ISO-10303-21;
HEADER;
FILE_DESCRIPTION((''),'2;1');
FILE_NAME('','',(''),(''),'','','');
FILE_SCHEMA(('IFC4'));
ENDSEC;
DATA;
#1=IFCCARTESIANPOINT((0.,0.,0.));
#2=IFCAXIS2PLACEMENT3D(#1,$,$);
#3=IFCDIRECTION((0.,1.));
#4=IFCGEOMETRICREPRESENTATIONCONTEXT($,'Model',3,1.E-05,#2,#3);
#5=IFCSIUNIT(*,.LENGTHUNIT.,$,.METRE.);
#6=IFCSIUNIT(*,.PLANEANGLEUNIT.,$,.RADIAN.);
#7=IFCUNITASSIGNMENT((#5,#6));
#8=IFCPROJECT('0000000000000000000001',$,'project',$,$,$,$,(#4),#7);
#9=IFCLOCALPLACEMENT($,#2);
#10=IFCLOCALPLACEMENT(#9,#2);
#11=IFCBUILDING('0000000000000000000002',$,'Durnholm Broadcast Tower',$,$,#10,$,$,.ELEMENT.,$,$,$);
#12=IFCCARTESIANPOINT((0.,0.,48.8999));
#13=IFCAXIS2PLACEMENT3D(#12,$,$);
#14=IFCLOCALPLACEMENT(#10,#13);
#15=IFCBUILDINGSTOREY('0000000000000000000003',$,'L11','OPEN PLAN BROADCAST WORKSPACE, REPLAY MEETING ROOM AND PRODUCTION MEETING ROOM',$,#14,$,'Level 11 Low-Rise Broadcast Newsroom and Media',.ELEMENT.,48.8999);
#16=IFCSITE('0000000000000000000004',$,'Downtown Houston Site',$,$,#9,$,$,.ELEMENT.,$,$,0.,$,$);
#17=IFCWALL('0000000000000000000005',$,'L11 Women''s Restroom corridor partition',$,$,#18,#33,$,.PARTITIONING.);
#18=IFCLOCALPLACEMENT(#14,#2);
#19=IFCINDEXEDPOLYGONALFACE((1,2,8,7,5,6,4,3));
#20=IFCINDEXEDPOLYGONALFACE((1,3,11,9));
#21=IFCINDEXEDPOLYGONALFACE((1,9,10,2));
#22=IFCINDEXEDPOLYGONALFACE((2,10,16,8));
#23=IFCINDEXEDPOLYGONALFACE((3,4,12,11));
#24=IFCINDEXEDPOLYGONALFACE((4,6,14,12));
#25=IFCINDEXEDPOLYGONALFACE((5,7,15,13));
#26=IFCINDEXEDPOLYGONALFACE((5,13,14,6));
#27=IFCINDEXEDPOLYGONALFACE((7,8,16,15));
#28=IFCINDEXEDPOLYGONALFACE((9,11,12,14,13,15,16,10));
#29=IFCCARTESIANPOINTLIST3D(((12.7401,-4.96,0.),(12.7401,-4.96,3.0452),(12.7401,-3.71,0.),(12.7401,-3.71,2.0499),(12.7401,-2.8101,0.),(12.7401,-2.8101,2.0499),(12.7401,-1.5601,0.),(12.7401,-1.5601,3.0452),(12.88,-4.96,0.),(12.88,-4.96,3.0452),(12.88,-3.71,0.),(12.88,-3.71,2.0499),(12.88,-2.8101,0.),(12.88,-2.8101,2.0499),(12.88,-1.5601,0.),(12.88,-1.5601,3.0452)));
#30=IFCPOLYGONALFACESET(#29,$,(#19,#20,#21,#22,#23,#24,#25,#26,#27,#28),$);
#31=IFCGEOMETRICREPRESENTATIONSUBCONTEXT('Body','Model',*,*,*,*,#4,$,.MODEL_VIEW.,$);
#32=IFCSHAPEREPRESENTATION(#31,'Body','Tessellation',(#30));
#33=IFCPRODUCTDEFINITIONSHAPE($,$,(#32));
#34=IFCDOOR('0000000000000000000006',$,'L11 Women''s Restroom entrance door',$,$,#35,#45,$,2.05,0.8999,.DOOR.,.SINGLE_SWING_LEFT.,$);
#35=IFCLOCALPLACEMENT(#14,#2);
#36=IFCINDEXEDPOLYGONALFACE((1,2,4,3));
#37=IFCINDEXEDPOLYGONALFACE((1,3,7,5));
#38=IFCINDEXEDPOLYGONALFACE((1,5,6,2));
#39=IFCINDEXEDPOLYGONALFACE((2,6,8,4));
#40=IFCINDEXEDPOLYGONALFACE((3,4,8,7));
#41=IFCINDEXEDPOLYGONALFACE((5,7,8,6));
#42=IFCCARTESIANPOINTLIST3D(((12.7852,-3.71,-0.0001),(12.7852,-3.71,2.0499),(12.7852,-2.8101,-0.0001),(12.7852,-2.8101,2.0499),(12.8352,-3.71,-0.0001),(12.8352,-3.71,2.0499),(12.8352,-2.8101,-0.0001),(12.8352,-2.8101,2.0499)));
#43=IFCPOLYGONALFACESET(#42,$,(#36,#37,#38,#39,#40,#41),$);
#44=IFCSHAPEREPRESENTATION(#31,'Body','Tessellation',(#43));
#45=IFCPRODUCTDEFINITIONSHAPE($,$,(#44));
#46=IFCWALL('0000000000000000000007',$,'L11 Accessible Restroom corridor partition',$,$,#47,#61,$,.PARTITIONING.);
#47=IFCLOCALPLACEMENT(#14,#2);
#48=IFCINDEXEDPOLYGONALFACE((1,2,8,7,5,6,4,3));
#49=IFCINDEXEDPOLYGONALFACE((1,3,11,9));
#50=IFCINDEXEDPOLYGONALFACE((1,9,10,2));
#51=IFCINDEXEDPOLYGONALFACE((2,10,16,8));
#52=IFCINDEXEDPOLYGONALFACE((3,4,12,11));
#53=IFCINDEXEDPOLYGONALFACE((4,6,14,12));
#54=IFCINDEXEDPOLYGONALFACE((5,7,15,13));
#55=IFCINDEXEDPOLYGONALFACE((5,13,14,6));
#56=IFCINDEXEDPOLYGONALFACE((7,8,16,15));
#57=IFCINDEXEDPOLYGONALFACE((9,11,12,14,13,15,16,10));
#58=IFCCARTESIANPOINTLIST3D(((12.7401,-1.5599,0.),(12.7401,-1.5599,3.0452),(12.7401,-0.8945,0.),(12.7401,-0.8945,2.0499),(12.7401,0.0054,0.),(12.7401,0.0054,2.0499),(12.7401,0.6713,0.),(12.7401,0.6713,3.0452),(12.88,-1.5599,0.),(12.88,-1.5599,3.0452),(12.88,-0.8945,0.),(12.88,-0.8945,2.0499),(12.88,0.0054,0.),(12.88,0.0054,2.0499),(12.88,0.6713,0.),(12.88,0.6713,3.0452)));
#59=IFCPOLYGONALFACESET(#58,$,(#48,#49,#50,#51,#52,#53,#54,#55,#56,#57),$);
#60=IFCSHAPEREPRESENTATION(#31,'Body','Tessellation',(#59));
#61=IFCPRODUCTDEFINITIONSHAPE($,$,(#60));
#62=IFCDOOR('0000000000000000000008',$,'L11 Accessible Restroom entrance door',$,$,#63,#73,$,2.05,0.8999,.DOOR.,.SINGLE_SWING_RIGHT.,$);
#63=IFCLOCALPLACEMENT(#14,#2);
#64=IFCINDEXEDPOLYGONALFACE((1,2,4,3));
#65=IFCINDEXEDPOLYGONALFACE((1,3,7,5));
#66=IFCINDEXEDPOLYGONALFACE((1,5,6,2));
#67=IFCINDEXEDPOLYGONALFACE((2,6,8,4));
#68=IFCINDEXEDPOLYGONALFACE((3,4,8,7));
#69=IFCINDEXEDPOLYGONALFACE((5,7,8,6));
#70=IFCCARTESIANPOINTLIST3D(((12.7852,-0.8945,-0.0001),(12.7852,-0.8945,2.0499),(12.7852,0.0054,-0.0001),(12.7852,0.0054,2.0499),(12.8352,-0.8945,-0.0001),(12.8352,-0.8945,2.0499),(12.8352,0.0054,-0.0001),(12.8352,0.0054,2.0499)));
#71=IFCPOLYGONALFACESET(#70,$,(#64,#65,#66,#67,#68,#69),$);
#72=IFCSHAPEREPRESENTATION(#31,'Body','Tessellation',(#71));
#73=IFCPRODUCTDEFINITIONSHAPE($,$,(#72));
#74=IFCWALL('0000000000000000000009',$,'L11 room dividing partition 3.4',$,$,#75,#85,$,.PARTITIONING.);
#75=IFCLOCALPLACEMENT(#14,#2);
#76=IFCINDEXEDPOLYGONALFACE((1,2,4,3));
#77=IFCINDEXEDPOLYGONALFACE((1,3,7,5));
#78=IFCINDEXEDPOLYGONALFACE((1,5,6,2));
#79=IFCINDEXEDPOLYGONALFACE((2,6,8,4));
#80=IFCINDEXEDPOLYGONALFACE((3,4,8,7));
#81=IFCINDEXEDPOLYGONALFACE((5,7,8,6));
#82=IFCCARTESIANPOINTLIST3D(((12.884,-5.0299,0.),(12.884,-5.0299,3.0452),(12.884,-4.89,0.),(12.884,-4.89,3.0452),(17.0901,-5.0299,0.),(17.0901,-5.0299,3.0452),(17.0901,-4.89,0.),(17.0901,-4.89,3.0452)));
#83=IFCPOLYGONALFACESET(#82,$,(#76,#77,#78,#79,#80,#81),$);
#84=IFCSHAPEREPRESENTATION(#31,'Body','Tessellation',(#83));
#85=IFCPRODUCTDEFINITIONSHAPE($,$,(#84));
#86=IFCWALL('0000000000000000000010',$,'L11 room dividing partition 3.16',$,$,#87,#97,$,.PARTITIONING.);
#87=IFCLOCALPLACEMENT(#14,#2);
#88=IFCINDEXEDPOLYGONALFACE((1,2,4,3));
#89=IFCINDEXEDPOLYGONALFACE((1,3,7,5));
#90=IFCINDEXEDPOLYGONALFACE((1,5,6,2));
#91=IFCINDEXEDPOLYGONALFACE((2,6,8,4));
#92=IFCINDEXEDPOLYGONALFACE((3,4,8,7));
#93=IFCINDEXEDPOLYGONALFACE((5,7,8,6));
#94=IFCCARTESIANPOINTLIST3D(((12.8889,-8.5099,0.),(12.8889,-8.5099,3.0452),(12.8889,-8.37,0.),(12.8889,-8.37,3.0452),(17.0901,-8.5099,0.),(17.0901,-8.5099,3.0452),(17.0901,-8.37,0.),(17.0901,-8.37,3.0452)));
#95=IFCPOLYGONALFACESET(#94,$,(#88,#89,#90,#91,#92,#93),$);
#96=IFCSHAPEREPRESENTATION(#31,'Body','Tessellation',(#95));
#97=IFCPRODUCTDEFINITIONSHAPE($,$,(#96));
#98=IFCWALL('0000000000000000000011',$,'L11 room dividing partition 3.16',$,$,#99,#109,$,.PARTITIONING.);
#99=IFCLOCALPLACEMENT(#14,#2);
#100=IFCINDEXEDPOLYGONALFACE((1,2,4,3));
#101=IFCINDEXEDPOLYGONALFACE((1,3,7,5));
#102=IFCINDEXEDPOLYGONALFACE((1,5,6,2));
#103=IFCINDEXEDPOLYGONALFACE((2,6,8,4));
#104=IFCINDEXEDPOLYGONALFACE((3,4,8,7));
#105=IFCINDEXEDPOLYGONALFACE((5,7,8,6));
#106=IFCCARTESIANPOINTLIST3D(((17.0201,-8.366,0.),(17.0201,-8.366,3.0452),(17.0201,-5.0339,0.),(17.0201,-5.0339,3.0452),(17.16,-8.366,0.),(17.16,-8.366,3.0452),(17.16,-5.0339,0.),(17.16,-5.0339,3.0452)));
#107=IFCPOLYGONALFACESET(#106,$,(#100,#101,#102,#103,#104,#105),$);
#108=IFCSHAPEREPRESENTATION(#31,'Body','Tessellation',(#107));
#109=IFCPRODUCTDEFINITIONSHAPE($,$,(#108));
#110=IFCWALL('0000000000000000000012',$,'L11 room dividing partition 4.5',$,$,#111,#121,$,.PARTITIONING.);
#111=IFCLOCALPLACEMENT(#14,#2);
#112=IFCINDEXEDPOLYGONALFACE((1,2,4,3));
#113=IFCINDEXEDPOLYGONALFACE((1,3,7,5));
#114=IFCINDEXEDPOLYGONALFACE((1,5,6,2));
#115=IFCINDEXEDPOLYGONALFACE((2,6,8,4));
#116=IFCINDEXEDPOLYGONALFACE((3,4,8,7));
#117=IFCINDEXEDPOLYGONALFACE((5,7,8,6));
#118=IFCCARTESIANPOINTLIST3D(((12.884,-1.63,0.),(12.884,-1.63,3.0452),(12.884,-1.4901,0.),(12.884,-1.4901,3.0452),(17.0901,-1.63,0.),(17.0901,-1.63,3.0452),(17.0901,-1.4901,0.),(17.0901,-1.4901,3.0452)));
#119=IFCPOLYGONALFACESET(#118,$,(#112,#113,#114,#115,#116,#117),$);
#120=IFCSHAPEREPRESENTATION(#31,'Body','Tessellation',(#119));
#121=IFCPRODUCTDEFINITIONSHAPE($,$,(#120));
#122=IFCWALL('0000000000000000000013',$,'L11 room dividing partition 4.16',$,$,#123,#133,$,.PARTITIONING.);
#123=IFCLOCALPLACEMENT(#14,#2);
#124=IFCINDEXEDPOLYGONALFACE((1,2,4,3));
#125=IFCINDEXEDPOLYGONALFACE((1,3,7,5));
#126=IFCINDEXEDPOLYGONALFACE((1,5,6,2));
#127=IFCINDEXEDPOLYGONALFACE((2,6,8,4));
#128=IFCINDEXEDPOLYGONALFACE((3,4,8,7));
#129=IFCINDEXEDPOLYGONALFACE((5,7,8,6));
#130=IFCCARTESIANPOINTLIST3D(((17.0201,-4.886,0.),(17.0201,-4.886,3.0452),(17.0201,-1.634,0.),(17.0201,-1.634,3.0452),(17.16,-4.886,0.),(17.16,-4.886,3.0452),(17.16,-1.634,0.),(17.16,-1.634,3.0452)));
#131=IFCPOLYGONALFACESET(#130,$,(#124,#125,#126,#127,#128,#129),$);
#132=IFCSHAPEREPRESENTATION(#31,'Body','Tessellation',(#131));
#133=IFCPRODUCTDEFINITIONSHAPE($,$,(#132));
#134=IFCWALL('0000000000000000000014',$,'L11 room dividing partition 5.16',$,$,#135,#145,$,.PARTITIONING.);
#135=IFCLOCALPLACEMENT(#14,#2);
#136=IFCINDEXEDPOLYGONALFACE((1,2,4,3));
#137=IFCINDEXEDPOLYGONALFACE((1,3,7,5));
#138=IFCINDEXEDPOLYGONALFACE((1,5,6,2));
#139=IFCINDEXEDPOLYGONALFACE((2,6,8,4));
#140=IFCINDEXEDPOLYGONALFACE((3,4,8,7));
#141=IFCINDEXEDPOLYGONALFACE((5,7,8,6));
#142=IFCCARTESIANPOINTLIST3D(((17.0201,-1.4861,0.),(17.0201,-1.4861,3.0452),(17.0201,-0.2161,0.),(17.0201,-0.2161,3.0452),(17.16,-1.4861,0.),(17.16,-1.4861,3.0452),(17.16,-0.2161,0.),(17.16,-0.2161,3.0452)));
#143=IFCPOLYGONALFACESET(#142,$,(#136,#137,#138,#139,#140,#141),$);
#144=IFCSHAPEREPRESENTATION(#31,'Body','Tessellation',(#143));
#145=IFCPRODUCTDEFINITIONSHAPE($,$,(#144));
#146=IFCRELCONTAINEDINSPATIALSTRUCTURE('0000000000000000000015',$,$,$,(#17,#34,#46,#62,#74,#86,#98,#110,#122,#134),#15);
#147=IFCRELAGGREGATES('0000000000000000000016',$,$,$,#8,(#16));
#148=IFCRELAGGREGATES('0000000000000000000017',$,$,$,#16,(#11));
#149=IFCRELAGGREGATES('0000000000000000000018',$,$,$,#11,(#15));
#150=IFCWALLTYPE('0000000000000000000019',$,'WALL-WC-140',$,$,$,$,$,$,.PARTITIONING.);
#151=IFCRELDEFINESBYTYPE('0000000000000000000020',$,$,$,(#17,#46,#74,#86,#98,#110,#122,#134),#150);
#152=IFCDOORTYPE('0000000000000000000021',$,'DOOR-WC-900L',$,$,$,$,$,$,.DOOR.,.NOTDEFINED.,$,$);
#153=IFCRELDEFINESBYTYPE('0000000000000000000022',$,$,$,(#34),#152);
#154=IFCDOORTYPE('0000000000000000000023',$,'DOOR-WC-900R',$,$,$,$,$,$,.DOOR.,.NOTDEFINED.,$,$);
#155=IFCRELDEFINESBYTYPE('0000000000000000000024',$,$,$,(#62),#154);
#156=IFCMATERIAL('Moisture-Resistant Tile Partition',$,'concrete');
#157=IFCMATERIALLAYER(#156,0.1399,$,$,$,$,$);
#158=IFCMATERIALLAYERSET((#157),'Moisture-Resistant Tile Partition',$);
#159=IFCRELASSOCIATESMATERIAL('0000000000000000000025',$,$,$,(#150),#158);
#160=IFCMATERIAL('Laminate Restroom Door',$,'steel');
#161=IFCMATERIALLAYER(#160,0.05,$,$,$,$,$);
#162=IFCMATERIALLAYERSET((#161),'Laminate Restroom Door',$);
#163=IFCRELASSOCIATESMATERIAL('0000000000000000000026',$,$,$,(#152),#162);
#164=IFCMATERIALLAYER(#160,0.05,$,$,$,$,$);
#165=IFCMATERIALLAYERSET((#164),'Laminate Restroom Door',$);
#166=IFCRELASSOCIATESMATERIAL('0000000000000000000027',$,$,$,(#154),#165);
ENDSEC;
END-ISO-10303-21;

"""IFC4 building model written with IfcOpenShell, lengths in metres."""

from ifc_helpers import new_model, si_unit, direction, frame, frame_2d, origin, place, context, subcontext, project, spatial, rectangle, extrude, source, transform, mapped, material, layer, layer_set, type_object, type_shapes, element, fill, save


model = new_model("IFC4")

# Units and contexts
model_context = context("Model", 3, precision=1e-05, world=origin(), true_north=direction((0.0, 1.0)))
body_context = subcontext(model_context, "Body", "Model", "MODEL_VIEW")
ifc_project = project(units=[si_unit("LENGTHUNIT", "METRE"), si_unit("PLANEANGLEUNIT", "RADIAN")], contexts=[model_context])

# Site, building, storey
site_placement = place(None, origin())
site = spatial("IfcSite", under=ifc_project, at=site_placement, Name="Downtown Houston Site", CompositionType="ELEMENT", RefElevation=0.0)
building_placement = place(site_placement, origin())
building = spatial("IfcBuilding", under=site, at=building_placement, Name="Durnholm Broadcast Tower", CompositionType="ELEMENT")
storey_placement = place(building_placement, frame((0.0, 0.0, 48.8999)))
storey = spatial("IfcBuildingStorey", under=building, at=storey_placement, Name="L11", Description="OPEN PLAN BROADCAST WORKSPACE, REPLAY MEETING ROOM AND PRODUCTION MEETING ROOM", LongName="Level 11 Low-Rise Broadcast Newsroom and Media", CompositionType="ELEMENT", Elevation=48.8999)

# Walls, openings, doors
ifc_material_1 = material(Name="Moisture-Resistant Tile Partition", Category="concrete")
ifc_layer_1 = layer(ifc_material_1, 0.1399)
ifc_layer_set_1 = layer_set([ifc_layer_1], Name="Moisture-Resistant Tile Partition")
wall_type = type_object("IfcWallType", Name="WALL-WC-140", PredefinedType="PARTITIONING", material=ifc_layer_set_1)
wall_1_placement = place(storey_placement, frame((12.8101, -4.96, 0.0), z_axis=(0.0, 0.0, 1.0), x_axis=(0.0, 1.0, 0.0)))
wall_1 = element("IfcWall", 1, at=wall_1_placement, inside=storey, type_object=wall_type, Name="L11 Women's Restroom corridor partition", PredefinedType="PARTITIONING", context=body_context, shape_type="SweptSolid", body=[
    extrude(rectangle(XDim=3.3999, YDim=0.1399, at=frame_2d((1.7, 0.0))), origin(), (0.0, 0.0, 1.0), 3.0452),
])
opening_1_placement = place(wall_1_placement, frame((1.25, 0.0, 0.0)))
opening_1 = element("IfcOpeningElement", 2, at=opening_1_placement, cuts=wall_1, PredefinedType="OPENING", context=body_context, shape_type="SweptSolid", body=[
    extrude(rectangle(XDim=0.8999, YDim=2.05, at=frame_2d((0.45, 1.0249))), frame((0.0, 0.0801, 0.0), z_axis=(0.0, -1.0, 0.0), x_axis=(1.0, 0.0, 0.0)), (0.0, 0.0, 1.0), 0.1599),
])
ifc_material_2 = material(Name="Laminate Restroom Door", Category="steel")
ifc_layer_2 = layer(ifc_material_2, 0.05)
ifc_layer_set_2 = layer_set([ifc_layer_2], Name="Laminate Restroom Door")
door_type_1 = type_object("IfcDoorType", Name="DOOR-WC-900L", OperationType="NOTDEFINED", PredefinedType="DOOR", material=ifc_layer_set_2)
shared_shape_1 = source(origin(), body_context, "Body", "SweptSolid", [
    extrude(rectangle(XDim=0.8999, YDim=2.05, at=frame_2d((0.45, 1.0249))), frame((0.0, 0.0249, 0.0), z_axis=(0.0, -1.0, 0.0), x_axis=(1.0, 0.0, 0.0)), (0.0, 0.0, 1.0), 0.05),
])
type_shapes(door_type_1, [shared_shape_1])
door_1_placement = place(opening_1_placement, origin())
door_1 = element("IfcDoor", 3, at=door_1_placement, inside=storey, type_object=door_type_1, Name="L11 Women's Restroom entrance door", OperationType="SINGLE_SWING_LEFT", OverallHeight=2.05, OverallWidth=0.8999, PredefinedType="DOOR", context=body_context, shape_type="MappedRepresentation", body=[
    mapped(shared_shape_1, transform((0.0, 0.0, 0.0), x_axis=(1.0, 0.0, 0.0), y_axis=(0.0, 1.0, 0.0), z_axis=(0.0, 0.0, 1.0), scale=1.0)),
])
fill(opening_1, door_1)
wall_2_placement = place(storey_placement, frame((12.8101, -1.5601, 0.0), z_axis=(0.0, 0.0, 1.0), x_axis=(0.0, 1.0, 0.0)))
wall_2 = element("IfcWall", 4, at=wall_2_placement, inside=storey, type_object=wall_type, Name="L11 Accessible Restroom corridor partition", PredefinedType="PARTITIONING", context=body_context, shape_type="SweptSolid", body=[
    extrude(rectangle(XDim=2.2312, YDim=0.1399, at=frame_2d((1.1157, 0.0))), origin(), (0.0, 0.0, 1.0), 3.0452),
])
opening_2_placement = place(wall_2_placement, frame((0.6655, 0.0, 0.0)))
opening_2 = element("IfcOpeningElement", 5, at=opening_2_placement, cuts=wall_2, PredefinedType="OPENING", context=body_context, shape_type="SweptSolid", body=[
    extrude(rectangle(XDim=0.8999, YDim=2.05, at=frame_2d((0.45, 1.0249))), frame((0.0, 0.0801, 0.0), z_axis=(0.0, -1.0, 0.0), x_axis=(1.0, 0.0, 0.0)), (0.0, 0.0, 1.0), 0.1599),
])
ifc_layer_3 = layer(ifc_material_2, 0.05)
ifc_layer_set_3 = layer_set([ifc_layer_3], Name="Laminate Restroom Door")
door_type_2 = type_object("IfcDoorType", Name="DOOR-WC-900R", OperationType="NOTDEFINED", PredefinedType="DOOR", material=ifc_layer_set_3)
shared_shape_2 = source(origin(), body_context, "Body", "SweptSolid", [
    extrude(rectangle(XDim=0.8999, YDim=2.05, at=frame_2d((0.45, 1.0249))), frame((0.0, 0.0249, 0.0), z_axis=(0.0, -1.0, 0.0), x_axis=(1.0, 0.0, 0.0)), (0.0, 0.0, 1.0), 0.05),
])
type_shapes(door_type_2, [shared_shape_2])
door_2_placement = place(opening_2_placement, origin())
door_2 = element("IfcDoor", 6, at=door_2_placement, inside=storey, type_object=door_type_2, Name="L11 Accessible Restroom entrance door", OperationType="SINGLE_SWING_RIGHT", OverallHeight=2.05, OverallWidth=0.8999, PredefinedType="DOOR", context=body_context, shape_type="MappedRepresentation", body=[
    mapped(shared_shape_2, transform((0.0, 0.0, 0.0), x_axis=(1.0, 0.0, 0.0), y_axis=(0.0, 1.0, 0.0), z_axis=(0.0, 0.0, 1.0), scale=1.0)),
])
fill(opening_2, door_2)

# Walls
wall_3_placement = place(storey_placement, frame((12.884, -4.96, 0.0), z_axis=(0.0, 0.0, 1.0), x_axis=(1.0, 0.0, 0.0)))
element("IfcWall", 7, at=wall_3_placement, inside=storey, type_object=wall_type, Name="L11 room dividing partition 3.4", PredefinedType="PARTITIONING", context=body_context, shape_type="SweptSolid", body=[
    extrude(rectangle(XDim=4.2061, YDim=0.1399, at=frame_2d((2.103, 0.0))), origin(), (0.0, 0.0, 1.0), 3.0452),
])
wall_4_placement = place(storey_placement, frame((17.0901, -8.4399, 0.0), z_axis=(0.0, 0.0, 1.0), x_axis=(-1.0, 0.0, 0.0)))
element("IfcWall", 8, at=wall_4_placement, inside=storey, type_object=wall_type, Name="L11 room dividing partition 3.16", PredefinedType="PARTITIONING", context=body_context, shape_type="SweptSolid", body=[
    extrude(rectangle(XDim=4.2012, YDim=0.1399, at=frame_2d((2.1006, 0.0))), origin(), (0.0, 0.0, 1.0), 3.0452),
])
wall_5_placement = place(storey_placement, frame((17.0901, -5.0339, 0.0), z_axis=(0.0, 0.0, 1.0), x_axis=(0.0, -1.0, 0.0)))
element("IfcWall", 9, at=wall_5_placement, inside=storey, type_object=wall_type, Name="L11 room dividing partition 3.16", PredefinedType="PARTITIONING", context=body_context, shape_type="SweptSolid", body=[
    extrude(rectangle(XDim=3.332, YDim=0.1399, at=frame_2d((1.666, 0.0))), origin(), (0.0, 0.0, 1.0), 3.0452),
])
wall_6_placement = place(storey_placement, frame((12.884, -1.5601, 0.0), z_axis=(0.0, 0.0, 1.0), x_axis=(1.0, 0.0, 0.0)))
element("IfcWall", 10, at=wall_6_placement, inside=storey, type_object=wall_type, Name="L11 room dividing partition 4.5", PredefinedType="PARTITIONING", context=body_context, shape_type="SweptSolid", body=[
    extrude(rectangle(XDim=4.2061, YDim=0.1399, at=frame_2d((2.103, 0.0))), origin(), (0.0, 0.0, 1.0), 3.0452),
])
wall_7_placement = place(storey_placement, frame((17.0901, -1.634, 0.0), z_axis=(0.0, 0.0, 1.0), x_axis=(0.0, -1.0, 0.0)))
element("IfcWall", 11, at=wall_7_placement, inside=storey, type_object=wall_type, Name="L11 room dividing partition 4.16", PredefinedType="PARTITIONING", context=body_context, shape_type="SweptSolid", body=[
    extrude(rectangle(XDim=3.252, YDim=0.1399, at=frame_2d((1.626, 0.0))), origin(), (0.0, 0.0, 1.0), 3.0452),
])
wall_8_placement = place(storey_placement, frame((17.0901, -0.2161, 0.0), z_axis=(0.0, 0.0, 1.0), x_axis=(0.0, -1.0, 0.0)))
element("IfcWall", 12, at=wall_8_placement, inside=storey, type_object=wall_type, Name="L11 room dividing partition 5.16", PredefinedType="PARTITIONING", context=body_context, shape_type="SweptSolid", body=[
    extrude(rectangle(XDim=1.27, YDim=0.1399, at=frame_2d((0.635, 0.0))), origin(), (0.0, 0.0, 1.0), 3.0452),
])

save(model, "model.ifc")
